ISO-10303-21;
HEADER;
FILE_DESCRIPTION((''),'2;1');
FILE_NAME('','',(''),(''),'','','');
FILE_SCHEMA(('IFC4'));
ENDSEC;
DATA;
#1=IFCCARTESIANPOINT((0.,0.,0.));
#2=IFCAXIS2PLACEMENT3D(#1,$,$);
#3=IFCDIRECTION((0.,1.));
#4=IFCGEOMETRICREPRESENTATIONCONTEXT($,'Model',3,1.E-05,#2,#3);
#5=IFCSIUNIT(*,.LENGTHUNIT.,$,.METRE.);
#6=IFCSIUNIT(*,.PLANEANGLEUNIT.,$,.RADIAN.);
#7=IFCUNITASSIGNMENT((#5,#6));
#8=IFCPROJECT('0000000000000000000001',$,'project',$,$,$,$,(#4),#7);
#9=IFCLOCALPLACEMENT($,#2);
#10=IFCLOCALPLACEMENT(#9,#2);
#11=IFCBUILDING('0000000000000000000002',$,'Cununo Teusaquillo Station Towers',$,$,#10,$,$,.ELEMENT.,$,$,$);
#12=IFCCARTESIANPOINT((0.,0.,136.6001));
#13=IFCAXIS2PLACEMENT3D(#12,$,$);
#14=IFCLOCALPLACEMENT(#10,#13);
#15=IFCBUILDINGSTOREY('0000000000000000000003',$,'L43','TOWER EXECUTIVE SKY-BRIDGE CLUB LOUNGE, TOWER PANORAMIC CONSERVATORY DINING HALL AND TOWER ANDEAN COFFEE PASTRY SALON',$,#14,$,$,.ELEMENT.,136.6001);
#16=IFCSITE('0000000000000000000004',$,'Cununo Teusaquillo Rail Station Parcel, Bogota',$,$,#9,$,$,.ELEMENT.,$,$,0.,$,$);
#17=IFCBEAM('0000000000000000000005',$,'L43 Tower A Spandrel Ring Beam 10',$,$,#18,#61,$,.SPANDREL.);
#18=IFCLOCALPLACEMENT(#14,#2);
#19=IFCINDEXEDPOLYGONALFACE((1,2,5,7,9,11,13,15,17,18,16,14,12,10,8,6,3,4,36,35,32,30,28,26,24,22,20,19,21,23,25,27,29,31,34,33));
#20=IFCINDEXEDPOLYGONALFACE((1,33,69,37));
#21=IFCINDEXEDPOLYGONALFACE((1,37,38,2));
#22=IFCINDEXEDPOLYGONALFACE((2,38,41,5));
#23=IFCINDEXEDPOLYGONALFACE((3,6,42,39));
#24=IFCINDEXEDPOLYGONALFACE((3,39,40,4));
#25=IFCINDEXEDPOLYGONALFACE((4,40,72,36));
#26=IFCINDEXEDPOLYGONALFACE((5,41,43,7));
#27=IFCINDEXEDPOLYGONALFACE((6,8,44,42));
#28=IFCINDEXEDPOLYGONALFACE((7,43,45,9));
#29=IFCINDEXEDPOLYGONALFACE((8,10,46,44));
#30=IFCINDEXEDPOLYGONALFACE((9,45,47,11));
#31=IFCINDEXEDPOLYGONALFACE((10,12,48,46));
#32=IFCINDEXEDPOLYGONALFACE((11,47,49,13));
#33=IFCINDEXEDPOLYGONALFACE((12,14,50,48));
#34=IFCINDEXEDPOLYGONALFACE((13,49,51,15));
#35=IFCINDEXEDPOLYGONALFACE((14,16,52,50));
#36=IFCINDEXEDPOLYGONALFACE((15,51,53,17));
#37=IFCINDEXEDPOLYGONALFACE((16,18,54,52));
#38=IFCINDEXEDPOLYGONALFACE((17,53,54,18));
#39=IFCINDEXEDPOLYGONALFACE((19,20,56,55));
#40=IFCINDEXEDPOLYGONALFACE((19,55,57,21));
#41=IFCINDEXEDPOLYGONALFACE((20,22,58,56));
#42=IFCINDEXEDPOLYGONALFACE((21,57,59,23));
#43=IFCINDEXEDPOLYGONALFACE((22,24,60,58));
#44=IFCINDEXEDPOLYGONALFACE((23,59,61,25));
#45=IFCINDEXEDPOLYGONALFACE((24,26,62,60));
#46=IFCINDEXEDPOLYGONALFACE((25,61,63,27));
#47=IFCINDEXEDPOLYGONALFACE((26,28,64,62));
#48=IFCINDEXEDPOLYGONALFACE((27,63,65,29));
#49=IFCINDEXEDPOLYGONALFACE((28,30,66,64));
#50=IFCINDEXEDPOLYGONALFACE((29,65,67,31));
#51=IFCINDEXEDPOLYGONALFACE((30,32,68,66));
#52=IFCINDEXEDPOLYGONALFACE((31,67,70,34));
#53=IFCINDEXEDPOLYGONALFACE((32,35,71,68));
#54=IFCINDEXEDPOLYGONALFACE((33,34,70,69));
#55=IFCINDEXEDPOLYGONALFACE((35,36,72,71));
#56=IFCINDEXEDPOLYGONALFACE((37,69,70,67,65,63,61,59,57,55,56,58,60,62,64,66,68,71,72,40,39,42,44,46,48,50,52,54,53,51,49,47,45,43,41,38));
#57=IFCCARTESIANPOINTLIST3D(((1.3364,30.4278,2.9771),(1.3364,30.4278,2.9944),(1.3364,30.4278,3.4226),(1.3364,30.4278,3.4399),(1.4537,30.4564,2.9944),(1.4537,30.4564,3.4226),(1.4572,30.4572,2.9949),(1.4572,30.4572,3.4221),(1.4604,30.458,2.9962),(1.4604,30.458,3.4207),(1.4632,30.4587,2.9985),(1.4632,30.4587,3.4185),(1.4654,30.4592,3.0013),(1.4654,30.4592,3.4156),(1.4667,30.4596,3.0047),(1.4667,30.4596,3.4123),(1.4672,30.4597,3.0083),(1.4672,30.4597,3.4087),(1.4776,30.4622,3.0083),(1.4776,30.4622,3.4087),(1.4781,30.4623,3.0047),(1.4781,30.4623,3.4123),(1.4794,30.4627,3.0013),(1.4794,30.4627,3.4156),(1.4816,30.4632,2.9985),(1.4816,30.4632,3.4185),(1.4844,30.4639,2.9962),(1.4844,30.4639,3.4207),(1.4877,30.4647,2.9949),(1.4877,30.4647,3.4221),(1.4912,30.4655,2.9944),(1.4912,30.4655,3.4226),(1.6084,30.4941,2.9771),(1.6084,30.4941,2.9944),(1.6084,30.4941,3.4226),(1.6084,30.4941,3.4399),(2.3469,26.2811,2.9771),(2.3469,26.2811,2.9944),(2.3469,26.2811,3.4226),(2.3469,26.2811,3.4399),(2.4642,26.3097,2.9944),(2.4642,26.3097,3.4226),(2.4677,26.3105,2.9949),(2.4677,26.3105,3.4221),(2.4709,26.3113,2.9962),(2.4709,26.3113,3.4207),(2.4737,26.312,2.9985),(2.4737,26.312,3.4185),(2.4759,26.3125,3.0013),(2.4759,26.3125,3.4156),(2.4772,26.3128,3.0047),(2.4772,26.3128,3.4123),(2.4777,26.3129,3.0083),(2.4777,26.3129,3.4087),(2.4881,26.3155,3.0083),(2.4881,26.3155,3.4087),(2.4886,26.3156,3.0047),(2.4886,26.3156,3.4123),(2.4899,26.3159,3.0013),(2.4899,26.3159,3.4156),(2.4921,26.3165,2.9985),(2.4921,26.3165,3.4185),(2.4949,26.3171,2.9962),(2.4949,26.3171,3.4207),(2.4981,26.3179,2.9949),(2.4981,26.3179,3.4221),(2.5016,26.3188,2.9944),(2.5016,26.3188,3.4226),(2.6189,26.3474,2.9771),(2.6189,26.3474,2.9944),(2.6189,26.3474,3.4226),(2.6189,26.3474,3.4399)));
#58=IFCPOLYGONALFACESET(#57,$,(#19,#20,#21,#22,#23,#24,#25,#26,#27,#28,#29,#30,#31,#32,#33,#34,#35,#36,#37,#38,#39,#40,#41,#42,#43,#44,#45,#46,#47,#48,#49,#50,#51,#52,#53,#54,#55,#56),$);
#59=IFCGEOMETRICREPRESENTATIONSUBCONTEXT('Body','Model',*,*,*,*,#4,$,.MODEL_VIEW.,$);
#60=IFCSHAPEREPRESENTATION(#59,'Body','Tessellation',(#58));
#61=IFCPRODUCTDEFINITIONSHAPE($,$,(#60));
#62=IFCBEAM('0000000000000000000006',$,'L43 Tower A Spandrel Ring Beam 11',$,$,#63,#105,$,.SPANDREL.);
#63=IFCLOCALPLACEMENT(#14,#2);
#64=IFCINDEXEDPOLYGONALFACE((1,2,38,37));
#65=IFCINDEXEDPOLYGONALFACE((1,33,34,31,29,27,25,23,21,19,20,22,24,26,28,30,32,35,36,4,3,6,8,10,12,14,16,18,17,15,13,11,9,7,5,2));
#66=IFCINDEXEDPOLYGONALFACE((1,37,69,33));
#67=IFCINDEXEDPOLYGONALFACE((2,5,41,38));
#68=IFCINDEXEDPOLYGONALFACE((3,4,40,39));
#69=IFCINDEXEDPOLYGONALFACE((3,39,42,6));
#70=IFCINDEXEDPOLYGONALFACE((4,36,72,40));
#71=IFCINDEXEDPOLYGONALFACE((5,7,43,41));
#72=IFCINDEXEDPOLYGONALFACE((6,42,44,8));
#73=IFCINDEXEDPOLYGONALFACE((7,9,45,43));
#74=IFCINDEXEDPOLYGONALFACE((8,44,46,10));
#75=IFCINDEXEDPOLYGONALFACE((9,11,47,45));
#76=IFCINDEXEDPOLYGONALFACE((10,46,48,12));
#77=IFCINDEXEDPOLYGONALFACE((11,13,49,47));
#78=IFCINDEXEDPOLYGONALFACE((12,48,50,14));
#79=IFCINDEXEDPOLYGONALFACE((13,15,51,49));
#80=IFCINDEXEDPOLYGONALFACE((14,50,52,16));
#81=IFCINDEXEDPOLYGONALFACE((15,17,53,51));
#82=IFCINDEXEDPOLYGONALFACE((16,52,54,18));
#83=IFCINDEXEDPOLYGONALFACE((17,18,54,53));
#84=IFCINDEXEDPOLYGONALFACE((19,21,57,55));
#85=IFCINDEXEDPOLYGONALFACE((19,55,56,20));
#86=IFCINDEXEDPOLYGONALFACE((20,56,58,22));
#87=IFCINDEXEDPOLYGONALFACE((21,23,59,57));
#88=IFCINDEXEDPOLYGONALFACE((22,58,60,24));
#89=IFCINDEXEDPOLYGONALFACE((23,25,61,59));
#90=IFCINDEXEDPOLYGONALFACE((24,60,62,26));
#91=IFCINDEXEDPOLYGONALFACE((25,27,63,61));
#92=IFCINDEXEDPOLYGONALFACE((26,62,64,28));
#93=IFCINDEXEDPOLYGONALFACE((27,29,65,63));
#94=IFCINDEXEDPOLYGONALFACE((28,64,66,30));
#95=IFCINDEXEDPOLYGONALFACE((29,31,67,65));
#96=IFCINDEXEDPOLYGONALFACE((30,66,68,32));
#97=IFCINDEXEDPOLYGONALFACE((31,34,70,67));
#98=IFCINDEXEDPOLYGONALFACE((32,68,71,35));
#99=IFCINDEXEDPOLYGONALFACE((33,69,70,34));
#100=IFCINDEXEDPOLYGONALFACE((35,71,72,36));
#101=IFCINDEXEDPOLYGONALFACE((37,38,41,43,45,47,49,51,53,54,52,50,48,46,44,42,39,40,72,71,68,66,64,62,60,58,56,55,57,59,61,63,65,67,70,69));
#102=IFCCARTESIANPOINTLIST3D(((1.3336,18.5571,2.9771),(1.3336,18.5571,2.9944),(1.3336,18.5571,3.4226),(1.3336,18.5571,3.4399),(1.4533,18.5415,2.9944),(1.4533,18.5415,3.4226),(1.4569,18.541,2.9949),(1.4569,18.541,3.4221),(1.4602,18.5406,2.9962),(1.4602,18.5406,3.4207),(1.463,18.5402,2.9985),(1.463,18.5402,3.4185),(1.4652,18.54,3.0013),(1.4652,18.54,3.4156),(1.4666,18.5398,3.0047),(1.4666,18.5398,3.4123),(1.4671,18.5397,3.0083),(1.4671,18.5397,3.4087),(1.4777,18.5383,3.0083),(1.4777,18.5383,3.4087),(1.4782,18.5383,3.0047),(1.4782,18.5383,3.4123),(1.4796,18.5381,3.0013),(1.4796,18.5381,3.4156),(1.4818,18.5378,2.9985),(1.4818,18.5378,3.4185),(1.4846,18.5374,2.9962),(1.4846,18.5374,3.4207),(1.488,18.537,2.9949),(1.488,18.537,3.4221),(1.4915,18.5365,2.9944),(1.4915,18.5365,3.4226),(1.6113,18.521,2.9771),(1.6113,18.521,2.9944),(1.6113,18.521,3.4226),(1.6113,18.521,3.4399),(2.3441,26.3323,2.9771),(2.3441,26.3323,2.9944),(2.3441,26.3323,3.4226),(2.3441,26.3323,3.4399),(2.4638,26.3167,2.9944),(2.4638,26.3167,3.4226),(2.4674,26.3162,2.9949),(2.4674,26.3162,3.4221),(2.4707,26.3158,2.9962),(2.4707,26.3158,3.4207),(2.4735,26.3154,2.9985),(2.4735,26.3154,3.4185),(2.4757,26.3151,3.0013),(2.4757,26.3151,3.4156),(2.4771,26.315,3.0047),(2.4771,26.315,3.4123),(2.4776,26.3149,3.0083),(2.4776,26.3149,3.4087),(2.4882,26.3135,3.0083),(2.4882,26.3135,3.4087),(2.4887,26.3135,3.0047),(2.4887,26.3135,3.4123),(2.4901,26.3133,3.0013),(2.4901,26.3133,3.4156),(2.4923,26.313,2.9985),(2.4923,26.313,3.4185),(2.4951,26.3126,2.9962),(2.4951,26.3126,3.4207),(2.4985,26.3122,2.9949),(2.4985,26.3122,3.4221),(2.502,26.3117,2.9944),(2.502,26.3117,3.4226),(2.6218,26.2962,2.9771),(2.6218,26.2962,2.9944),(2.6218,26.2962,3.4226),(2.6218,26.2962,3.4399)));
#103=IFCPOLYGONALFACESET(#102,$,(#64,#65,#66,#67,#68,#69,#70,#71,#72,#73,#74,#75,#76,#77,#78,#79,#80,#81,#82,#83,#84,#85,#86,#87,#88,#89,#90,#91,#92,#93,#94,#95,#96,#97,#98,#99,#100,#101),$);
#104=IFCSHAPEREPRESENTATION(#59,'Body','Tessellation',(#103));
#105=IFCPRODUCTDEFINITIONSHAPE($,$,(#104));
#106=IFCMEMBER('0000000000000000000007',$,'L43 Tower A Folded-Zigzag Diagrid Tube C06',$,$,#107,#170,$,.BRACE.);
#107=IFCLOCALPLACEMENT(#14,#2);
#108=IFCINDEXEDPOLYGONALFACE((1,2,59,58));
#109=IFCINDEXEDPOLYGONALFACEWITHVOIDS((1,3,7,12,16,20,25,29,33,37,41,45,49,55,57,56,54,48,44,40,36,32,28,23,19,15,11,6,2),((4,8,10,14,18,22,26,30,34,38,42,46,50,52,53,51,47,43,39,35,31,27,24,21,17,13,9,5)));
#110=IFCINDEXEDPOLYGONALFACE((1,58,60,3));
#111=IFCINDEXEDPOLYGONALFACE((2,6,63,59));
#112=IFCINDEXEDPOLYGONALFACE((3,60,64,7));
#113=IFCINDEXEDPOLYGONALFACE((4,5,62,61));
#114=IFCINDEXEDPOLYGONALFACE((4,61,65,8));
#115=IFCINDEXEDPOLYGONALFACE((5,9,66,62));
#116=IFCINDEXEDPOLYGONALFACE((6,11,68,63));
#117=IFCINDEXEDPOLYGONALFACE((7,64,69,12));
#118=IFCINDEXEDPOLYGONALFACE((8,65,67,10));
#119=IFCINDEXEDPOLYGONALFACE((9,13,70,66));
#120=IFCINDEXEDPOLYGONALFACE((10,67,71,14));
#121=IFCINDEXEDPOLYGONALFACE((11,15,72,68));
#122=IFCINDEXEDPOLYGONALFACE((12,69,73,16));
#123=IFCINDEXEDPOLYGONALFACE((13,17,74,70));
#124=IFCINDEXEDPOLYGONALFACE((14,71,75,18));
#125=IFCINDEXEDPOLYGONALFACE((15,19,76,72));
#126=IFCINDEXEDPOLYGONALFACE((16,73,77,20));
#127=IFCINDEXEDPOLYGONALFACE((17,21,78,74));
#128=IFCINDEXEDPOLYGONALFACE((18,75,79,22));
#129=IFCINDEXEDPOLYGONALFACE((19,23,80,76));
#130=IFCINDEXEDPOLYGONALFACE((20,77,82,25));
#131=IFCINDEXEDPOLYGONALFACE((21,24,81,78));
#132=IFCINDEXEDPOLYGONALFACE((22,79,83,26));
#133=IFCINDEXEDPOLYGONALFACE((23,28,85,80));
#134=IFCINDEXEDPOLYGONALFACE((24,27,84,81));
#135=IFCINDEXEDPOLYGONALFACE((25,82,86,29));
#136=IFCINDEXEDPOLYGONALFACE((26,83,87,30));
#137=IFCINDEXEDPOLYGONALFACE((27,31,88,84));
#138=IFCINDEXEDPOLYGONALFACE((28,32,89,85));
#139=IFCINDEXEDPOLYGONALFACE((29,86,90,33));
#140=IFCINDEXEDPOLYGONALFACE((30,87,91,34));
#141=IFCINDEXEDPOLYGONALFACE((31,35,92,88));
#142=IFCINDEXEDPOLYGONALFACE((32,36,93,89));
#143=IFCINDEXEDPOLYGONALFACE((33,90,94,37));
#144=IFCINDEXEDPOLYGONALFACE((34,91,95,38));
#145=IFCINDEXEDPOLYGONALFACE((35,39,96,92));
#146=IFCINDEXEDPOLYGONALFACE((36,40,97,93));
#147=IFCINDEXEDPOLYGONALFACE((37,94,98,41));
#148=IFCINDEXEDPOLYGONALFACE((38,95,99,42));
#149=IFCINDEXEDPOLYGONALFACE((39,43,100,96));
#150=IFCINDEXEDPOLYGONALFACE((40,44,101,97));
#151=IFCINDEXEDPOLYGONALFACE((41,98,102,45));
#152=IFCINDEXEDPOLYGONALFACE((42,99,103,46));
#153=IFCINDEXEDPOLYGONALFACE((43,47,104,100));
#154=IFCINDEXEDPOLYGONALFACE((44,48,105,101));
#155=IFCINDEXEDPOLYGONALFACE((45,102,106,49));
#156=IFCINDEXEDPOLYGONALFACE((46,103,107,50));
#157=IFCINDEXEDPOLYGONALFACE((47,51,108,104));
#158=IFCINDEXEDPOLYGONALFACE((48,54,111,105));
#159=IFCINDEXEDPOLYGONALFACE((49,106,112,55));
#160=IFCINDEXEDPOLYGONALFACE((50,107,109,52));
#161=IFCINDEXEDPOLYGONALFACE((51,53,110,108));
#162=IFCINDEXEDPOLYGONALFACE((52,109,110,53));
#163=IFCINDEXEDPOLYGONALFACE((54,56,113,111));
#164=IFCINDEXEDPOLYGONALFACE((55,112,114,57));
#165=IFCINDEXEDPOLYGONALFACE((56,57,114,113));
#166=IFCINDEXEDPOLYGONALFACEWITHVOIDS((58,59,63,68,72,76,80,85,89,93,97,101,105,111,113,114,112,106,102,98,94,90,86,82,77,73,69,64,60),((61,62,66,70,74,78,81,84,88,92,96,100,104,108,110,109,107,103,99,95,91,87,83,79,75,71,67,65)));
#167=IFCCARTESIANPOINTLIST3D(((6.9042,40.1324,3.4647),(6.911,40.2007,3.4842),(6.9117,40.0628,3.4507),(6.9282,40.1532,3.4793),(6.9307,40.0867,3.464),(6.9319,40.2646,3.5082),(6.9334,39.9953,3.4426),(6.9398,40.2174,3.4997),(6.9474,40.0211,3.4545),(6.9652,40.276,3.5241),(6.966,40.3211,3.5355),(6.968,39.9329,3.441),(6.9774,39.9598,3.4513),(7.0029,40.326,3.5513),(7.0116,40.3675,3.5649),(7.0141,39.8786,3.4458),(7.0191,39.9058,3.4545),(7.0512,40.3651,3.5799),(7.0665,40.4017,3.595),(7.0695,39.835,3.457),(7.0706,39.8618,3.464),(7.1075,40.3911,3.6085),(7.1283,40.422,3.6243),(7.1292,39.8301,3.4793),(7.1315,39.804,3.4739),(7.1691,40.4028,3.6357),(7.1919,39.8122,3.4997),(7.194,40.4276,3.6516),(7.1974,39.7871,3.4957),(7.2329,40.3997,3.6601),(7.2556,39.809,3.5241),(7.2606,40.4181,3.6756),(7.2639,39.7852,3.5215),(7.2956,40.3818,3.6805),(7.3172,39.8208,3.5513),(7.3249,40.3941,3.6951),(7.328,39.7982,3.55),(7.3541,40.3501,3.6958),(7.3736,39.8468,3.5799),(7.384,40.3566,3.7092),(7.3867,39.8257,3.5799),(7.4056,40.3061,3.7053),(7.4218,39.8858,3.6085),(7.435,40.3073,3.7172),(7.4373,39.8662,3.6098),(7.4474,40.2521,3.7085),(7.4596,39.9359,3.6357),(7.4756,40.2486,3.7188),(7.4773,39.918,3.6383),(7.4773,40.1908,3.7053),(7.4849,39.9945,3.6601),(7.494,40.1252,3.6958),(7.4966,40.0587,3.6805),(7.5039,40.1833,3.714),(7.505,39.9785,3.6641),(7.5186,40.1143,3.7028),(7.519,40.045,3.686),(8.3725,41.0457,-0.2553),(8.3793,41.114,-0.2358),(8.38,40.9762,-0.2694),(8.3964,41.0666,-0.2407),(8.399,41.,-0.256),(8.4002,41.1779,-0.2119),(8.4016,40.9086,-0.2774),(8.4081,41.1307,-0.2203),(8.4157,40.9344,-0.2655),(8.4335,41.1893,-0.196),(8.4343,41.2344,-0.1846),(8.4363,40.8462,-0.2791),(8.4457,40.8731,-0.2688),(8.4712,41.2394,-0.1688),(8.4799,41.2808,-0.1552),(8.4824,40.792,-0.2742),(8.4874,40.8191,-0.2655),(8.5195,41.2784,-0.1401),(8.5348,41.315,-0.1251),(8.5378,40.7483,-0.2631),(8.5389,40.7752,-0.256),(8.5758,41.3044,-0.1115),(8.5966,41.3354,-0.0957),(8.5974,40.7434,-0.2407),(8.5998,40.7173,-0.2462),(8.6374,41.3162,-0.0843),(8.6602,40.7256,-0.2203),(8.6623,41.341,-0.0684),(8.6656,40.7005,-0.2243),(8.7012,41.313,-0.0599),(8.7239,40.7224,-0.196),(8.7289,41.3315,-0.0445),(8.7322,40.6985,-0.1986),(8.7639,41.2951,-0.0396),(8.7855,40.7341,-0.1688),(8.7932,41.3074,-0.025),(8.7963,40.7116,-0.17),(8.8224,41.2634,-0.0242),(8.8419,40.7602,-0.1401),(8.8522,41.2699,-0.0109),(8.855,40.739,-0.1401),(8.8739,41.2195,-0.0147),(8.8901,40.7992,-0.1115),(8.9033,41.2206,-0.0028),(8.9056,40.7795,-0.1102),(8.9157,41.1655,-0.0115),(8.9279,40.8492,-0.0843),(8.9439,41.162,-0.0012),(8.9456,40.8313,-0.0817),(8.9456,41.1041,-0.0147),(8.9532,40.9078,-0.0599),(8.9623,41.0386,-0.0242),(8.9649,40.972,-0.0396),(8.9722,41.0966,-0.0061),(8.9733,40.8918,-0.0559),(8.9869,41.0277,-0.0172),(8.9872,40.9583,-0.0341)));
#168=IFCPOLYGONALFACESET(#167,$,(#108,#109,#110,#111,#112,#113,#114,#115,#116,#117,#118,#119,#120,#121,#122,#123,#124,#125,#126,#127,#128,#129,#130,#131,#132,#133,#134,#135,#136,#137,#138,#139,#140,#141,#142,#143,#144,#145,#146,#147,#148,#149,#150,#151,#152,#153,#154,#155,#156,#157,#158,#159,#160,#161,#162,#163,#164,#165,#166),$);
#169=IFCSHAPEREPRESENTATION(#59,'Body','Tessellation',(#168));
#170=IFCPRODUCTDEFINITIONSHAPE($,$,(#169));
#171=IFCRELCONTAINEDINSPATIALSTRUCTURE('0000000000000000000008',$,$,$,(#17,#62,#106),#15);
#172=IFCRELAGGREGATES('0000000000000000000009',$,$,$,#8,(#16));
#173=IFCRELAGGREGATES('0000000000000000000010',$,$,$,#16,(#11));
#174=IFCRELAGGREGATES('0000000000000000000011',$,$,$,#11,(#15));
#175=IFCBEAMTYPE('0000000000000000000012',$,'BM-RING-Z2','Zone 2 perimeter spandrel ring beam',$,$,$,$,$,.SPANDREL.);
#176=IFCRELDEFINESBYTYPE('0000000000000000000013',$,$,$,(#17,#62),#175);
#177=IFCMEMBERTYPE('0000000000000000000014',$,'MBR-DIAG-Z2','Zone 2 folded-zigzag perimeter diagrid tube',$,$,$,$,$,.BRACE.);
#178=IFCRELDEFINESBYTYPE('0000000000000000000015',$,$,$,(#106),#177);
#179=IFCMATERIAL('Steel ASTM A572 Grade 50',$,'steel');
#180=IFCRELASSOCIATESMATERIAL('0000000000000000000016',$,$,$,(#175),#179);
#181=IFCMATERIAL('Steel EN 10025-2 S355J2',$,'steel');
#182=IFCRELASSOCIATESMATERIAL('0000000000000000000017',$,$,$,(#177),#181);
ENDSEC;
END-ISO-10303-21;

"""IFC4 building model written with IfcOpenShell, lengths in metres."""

from ifc_helpers import new_model, si_unit, direction, frame, origin, origin_2d, place, context, subcontext, project, spatial, hollow_circle, i_section, extrude, material, material_profile, profile_set, type_object, element, save


model = new_model("IFC4")

# Units and contexts
model_context = context("Model", 3, precision=1e-05, world=origin(), true_north=direction((0.0, 1.0)))
body_context = subcontext(model_context, "Body", "Model", "MODEL_VIEW")
ifc_project = project(units=[si_unit("LENGTHUNIT", "METRE"), si_unit("PLANEANGLEUNIT", "RADIAN")], contexts=[model_context])

# Site, building, storey
site_placement = place(None, origin())
site = spatial("IfcSite", under=ifc_project, at=site_placement, Name="Cununo Teusaquillo Rail Station Parcel, Bogota", CompositionType="ELEMENT", RefElevation=0.0)
building_placement = place(site_placement, origin())
building = spatial("IfcBuilding", under=site, at=building_placement, Name="Cununo Teusaquillo Station Towers", CompositionType="ELEMENT")
storey_placement = place(building_placement, frame((0.0, 0.0, 136.6001)))
storey = spatial("IfcBuildingStorey", under=building, at=storey_placement, Name="L43", Description="TOWER EXECUTIVE SKY-BRIDGE CLUB LOUNGE, TOWER PANORAMIC CONSERVATORY DINING HALL AND TOWER ANDEAN COFFEE PASTRY SALON", CompositionType="ELEMENT", Elevation=136.6001)

# Beams
ifc_material_1 = material(Name="Steel ASTM A572 Grade 50", Category="steel")
ifc_material_profile_1 = material_profile(ifc_material_1, i_section(OverallWidth=0.28, OverallDepth=0.4629, WebThickness=0.0107, FlangeThickness=0.0173, FilletRadius=0.0139, at=origin_2d()), Name="W18X76")
ifc_profile_set_1 = profile_set([ifc_material_profile_1], Name="Steel ASTM A572 Grade 50")
beam_type_1 = type_object("IfcBeamType", Name="BM-RING-Z2", Description="Zone 2 perimeter spandrel ring beam", PredefinedType="SPANDREL", material=ifc_profile_set_1)
beam_1_placement = place(storey_placement, frame((1.4724, 30.4609, 3.2085), z_axis=(0.236757, -0.971569, 0.0), x_axis=(0.971569, 0.236757, 0.0)))
element("IfcBeam", 1, at=beam_1_placement, inside=storey, type_object=beam_type_1, Name="L43 Tower A Spandrel Ring Beam 10", PredefinedType="SPANDREL", context=body_context, shape_type="SweptSolid", body=[
    extrude(i_section(OverallWidth=0.28, OverallDepth=0.4629, WebThickness=0.0107, FlangeThickness=0.0173, FilletRadius=0.0139, at=origin_2d()), origin(), (0.0, 0.0, 1.0), 4.2681),
])
beam_2_placement = place(storey_placement, frame((2.4829, 26.3142, 3.2085), z_axis=(-0.128881, -0.99166, 0.0), x_axis=(0.99166, -0.128881, 0.0)))
element("IfcBeam", 2, at=beam_2_placement, inside=storey, type_object=beam_type_1, Name="L43 Tower A Spandrel Ring Beam 11", PredefinedType="SPANDREL", context=body_context, shape_type="SweptSolid", body=[
    extrude(i_section(OverallWidth=0.28, OverallDepth=0.4629, WebThickness=0.0107, FlangeThickness=0.0173, FilletRadius=0.0139, at=origin_2d()), origin(), (0.0, 0.0, 1.0), 7.8406),
])

# Member
ifc_material_2 = material(Name="Steel EN 10025-2 S355J2", Category="steel")
ifc_material_profile_2 = material_profile(ifc_material_2, hollow_circle(Radius=0.3301, WallThickness=0.0249, at=origin_2d()), Name="CHS 660x25")
ifc_profile_set_2 = profile_set([ifc_material_profile_2], Name="Steel EN 10025-2 S355J2")
member_type = type_object("IfcMemberType", Name="MBR-DIAG-Z2", Description="Zone 2 folded-zigzag perimeter diagrid tube", PredefinedType="BRACE", material=ifc_profile_set_2)
member_1_placement = place(storey_placement, frame((8.6807, 41.0193, -0.1401), z_axis=(-0.357919, -0.222643, 0.906821), x_axis=(0.528196, -0.849123, 0.0)))
element("IfcMember", 3, at=member_1_placement, inside=storey, type_object=member_type, Name="L43 Tower A Folded-Zigzag Diagrid Tube C06", PredefinedType="BRACE", context=body_context, shape_type="SweptSolid", body=[
    extrude(hollow_circle(Radius=0.3301, WallThickness=0.0249, at=origin_2d()), origin(), (0.0, 0.0, 1.0), 4.1023),
])

save(model, "model.ifc")
